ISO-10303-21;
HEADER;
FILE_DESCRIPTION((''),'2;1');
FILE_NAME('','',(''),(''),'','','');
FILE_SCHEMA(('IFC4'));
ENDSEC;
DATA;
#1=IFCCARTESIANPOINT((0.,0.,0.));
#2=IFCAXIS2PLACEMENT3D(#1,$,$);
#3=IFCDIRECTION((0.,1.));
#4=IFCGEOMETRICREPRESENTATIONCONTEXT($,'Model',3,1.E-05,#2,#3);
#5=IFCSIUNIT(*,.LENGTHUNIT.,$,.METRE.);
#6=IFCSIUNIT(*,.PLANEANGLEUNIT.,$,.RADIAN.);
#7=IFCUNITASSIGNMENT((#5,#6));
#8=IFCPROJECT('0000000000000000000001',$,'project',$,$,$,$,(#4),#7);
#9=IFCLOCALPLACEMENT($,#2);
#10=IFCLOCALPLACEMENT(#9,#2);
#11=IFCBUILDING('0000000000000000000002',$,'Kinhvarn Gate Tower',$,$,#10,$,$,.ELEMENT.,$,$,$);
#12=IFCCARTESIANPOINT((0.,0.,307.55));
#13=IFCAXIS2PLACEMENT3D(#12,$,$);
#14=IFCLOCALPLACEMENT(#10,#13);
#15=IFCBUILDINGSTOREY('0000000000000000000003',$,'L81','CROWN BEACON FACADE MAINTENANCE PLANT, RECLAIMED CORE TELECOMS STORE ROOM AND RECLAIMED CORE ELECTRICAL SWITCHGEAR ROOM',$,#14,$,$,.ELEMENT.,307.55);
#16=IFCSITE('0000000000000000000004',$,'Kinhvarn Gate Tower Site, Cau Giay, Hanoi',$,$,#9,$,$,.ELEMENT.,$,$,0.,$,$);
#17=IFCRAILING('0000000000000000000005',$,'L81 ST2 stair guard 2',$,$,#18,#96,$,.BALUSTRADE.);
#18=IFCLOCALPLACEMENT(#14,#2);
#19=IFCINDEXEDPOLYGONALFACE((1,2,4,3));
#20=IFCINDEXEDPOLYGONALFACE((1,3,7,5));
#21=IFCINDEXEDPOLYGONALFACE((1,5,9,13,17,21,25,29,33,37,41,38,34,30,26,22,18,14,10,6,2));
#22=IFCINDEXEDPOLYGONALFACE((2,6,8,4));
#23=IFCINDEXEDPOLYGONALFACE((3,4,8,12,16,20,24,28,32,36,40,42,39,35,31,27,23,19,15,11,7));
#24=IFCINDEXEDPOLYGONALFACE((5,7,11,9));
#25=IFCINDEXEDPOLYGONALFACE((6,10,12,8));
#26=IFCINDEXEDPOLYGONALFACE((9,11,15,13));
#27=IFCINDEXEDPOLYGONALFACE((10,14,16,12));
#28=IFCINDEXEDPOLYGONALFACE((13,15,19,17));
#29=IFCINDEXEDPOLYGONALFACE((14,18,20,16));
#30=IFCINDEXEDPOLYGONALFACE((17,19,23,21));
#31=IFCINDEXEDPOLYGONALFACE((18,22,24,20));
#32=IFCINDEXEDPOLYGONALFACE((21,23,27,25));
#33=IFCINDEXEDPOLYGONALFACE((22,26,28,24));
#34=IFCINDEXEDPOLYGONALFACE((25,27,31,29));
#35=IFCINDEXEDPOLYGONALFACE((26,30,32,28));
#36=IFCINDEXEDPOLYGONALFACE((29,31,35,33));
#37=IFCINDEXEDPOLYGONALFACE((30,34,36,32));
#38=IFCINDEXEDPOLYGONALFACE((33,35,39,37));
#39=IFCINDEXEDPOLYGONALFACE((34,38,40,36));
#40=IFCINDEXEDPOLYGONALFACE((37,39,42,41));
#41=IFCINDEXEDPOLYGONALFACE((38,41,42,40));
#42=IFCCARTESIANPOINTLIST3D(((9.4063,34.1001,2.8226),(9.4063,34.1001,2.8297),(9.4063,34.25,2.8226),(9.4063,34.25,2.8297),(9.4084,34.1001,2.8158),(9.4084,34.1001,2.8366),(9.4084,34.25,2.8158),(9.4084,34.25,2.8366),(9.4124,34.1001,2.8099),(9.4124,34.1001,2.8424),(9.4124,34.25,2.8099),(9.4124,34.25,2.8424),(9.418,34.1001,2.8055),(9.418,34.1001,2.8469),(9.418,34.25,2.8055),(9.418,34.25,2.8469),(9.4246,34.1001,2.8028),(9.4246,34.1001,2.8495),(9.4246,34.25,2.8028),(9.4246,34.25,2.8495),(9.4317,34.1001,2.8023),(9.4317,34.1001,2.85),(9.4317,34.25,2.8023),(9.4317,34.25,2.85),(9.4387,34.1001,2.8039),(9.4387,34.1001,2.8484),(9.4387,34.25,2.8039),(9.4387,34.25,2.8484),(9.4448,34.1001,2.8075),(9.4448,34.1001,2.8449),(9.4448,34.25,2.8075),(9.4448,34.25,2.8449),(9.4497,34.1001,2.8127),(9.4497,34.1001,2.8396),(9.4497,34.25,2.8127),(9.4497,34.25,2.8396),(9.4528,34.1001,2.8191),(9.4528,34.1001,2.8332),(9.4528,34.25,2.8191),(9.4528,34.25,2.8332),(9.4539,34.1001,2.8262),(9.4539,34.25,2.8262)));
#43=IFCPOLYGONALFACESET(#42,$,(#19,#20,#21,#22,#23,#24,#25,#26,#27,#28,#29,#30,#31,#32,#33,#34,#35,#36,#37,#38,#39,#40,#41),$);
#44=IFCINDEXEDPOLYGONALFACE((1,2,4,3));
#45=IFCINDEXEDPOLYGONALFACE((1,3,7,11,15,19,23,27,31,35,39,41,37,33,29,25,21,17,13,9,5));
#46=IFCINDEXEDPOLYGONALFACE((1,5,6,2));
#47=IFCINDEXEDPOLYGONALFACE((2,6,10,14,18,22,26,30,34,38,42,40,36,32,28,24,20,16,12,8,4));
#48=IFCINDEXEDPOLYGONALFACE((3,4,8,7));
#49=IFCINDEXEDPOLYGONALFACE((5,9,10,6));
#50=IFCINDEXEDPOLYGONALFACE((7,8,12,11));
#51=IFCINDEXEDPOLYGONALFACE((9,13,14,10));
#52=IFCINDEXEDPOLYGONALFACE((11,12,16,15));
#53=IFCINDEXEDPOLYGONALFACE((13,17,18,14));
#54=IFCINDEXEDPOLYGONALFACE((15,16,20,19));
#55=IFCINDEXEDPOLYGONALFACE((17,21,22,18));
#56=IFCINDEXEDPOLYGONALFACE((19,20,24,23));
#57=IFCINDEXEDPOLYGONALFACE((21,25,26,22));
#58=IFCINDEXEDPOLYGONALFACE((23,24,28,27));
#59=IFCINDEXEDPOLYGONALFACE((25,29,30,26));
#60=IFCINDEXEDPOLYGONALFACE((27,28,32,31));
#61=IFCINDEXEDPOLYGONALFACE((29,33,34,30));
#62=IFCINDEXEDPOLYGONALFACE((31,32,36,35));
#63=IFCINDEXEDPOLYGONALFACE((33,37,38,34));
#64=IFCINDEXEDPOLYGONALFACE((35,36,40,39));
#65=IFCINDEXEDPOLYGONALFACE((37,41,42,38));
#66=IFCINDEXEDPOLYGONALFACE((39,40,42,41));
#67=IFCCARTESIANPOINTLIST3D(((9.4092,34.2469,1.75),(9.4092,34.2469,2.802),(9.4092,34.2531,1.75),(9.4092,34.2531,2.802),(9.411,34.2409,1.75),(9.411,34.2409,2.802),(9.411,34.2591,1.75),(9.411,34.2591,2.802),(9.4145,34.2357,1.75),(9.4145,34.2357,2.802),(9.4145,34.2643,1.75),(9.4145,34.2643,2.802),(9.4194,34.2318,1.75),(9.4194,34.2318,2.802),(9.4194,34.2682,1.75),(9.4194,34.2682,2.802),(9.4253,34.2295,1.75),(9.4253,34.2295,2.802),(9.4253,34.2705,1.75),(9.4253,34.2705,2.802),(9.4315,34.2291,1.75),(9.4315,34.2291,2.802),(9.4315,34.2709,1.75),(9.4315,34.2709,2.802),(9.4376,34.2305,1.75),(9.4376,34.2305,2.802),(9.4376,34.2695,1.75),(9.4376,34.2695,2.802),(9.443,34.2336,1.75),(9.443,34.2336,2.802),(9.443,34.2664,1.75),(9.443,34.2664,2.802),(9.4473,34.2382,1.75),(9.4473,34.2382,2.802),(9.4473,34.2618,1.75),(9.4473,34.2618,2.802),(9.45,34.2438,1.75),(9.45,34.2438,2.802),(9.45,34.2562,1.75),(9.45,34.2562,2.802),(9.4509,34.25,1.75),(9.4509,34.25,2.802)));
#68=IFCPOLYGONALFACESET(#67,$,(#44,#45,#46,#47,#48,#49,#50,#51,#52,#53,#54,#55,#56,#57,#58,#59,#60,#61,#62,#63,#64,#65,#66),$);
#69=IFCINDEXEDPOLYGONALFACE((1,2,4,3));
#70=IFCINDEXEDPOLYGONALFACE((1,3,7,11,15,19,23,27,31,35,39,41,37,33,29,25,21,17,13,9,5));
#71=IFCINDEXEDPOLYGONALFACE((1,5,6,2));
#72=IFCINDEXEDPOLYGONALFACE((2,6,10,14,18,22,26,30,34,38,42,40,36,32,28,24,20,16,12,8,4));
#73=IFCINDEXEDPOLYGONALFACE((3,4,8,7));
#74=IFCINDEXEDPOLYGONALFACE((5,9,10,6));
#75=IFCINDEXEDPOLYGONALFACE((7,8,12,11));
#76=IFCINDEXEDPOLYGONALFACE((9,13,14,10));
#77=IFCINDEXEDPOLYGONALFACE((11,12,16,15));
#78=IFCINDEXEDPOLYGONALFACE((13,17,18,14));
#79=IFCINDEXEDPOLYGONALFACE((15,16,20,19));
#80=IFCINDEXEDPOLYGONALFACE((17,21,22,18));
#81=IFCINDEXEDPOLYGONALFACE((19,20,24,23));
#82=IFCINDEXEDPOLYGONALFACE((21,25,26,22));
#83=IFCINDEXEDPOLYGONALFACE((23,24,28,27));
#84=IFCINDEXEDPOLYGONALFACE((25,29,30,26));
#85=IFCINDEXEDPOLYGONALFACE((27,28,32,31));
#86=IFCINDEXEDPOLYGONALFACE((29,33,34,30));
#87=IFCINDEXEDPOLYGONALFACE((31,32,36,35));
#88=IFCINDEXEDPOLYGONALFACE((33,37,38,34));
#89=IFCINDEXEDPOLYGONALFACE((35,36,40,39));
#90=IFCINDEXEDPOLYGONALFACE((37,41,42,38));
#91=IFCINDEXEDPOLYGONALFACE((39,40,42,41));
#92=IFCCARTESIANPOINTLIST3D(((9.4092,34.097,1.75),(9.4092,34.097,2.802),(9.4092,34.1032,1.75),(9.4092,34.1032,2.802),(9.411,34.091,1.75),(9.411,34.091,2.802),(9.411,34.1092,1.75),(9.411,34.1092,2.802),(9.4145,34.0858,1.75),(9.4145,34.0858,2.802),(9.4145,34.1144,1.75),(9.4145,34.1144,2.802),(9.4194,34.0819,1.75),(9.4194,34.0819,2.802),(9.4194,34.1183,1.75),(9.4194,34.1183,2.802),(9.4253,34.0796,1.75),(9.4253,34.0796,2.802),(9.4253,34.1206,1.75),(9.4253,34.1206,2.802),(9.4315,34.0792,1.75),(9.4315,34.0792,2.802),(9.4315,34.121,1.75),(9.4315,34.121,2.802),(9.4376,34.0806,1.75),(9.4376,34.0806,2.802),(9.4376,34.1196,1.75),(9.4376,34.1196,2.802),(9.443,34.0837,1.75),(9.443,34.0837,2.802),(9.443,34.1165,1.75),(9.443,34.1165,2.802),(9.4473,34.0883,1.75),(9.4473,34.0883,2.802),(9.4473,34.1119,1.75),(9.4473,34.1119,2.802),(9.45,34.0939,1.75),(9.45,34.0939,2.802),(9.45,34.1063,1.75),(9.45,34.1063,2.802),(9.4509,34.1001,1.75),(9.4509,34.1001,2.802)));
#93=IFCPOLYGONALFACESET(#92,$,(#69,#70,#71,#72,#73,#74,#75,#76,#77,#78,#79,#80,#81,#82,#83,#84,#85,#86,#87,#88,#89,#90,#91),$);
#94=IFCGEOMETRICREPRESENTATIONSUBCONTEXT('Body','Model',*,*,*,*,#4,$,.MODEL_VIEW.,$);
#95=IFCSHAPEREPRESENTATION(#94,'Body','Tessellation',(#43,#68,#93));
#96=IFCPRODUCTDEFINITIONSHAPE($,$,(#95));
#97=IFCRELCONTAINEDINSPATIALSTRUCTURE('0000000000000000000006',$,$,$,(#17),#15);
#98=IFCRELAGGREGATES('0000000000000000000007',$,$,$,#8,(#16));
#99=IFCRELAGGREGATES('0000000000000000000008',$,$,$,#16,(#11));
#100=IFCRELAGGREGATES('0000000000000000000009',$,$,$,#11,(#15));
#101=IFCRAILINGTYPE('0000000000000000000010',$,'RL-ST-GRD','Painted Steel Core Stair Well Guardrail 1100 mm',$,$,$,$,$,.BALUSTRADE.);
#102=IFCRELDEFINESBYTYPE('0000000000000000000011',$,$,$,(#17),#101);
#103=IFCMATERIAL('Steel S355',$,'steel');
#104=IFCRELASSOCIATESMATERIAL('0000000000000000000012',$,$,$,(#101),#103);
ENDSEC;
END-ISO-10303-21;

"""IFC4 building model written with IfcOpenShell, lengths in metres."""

from ifc_helpers import new_model, si_unit, direction, frame, origin, origin_2d, place, context, subcontext, project, spatial, circle, extrude, material, type_object, element, save


model = new_model("IFC4")

# Units and contexts
model_context = context("Model", 3, precision=1e-05, world=origin(), true_north=direction((0.0, 1.0)))
body_context = subcontext(model_context, "Body", "Model", "MODEL_VIEW")
ifc_project = project(units=[si_unit("LENGTHUNIT", "METRE"), si_unit("PLANEANGLEUNIT", "RADIAN")], contexts=[model_context])

# Site, building, storey
site_placement = place(None, origin())
site = spatial("IfcSite", under=ifc_project, at=site_placement, Name="Kinhvarn Gate Tower Site, Cau Giay, Hanoi", CompositionType="ELEMENT", RefElevation=0.0)
building_placement = place(site_placement, origin())
building = spatial("IfcBuilding", under=site, at=building_placement, Name="Kinhvarn Gate Tower", CompositionType="ELEMENT")
storey_placement = place(building_placement, frame((0.0, 0.0, 307.55)))
storey = spatial("IfcBuildingStorey", under=building, at=storey_placement, Name="L81", Description="CROWN BEACON FACADE MAINTENANCE PLANT, RECLAIMED CORE TELECOMS STORE ROOM AND RECLAIMED CORE ELECTRICAL SWITCHGEAR ROOM", CompositionType="ELEMENT", Elevation=307.55)

# Railing
ifc_material_1 = material(Name="Steel S355", Category="steel")
railing_type_1 = type_object("IfcRailingType", Name="RL-ST-GRD", Description="Painted Steel Core Stair Well Guardrail 1100 mm", PredefinedType="BALUSTRADE", material=ifc_material_1)
railing_1_placement = place(storey_placement, frame((9.4299, 34.25, 1.75)))
element("IfcRailing", 1, at=railing_1_placement, inside=storey, type_object=railing_type_1, Name="L81 ST2 stair guard 2", PredefinedType="BALUSTRADE", context=body_context, shape_type="SweptSolid", body=[
    extrude(circle(Radius=0.0239, at=origin_2d()), frame((0.0, 0.0, 1.0762), z_axis=(0.0, -1.0, 0.0), x_axis=(1.0, 0.0, 0.0)), (0.0, 0.0, 1.0), 0.1499),
    extrude(circle(Radius=0.021, at=origin_2d()), origin(), (0.0, 0.0, 1.0), 1.052),
    extrude(circle(Radius=0.021, at=origin_2d()), frame((0.0, -0.1499, 0.0)), (0.0, 0.0, 1.0), 1.052),
])

save(model, "model.ifc")
